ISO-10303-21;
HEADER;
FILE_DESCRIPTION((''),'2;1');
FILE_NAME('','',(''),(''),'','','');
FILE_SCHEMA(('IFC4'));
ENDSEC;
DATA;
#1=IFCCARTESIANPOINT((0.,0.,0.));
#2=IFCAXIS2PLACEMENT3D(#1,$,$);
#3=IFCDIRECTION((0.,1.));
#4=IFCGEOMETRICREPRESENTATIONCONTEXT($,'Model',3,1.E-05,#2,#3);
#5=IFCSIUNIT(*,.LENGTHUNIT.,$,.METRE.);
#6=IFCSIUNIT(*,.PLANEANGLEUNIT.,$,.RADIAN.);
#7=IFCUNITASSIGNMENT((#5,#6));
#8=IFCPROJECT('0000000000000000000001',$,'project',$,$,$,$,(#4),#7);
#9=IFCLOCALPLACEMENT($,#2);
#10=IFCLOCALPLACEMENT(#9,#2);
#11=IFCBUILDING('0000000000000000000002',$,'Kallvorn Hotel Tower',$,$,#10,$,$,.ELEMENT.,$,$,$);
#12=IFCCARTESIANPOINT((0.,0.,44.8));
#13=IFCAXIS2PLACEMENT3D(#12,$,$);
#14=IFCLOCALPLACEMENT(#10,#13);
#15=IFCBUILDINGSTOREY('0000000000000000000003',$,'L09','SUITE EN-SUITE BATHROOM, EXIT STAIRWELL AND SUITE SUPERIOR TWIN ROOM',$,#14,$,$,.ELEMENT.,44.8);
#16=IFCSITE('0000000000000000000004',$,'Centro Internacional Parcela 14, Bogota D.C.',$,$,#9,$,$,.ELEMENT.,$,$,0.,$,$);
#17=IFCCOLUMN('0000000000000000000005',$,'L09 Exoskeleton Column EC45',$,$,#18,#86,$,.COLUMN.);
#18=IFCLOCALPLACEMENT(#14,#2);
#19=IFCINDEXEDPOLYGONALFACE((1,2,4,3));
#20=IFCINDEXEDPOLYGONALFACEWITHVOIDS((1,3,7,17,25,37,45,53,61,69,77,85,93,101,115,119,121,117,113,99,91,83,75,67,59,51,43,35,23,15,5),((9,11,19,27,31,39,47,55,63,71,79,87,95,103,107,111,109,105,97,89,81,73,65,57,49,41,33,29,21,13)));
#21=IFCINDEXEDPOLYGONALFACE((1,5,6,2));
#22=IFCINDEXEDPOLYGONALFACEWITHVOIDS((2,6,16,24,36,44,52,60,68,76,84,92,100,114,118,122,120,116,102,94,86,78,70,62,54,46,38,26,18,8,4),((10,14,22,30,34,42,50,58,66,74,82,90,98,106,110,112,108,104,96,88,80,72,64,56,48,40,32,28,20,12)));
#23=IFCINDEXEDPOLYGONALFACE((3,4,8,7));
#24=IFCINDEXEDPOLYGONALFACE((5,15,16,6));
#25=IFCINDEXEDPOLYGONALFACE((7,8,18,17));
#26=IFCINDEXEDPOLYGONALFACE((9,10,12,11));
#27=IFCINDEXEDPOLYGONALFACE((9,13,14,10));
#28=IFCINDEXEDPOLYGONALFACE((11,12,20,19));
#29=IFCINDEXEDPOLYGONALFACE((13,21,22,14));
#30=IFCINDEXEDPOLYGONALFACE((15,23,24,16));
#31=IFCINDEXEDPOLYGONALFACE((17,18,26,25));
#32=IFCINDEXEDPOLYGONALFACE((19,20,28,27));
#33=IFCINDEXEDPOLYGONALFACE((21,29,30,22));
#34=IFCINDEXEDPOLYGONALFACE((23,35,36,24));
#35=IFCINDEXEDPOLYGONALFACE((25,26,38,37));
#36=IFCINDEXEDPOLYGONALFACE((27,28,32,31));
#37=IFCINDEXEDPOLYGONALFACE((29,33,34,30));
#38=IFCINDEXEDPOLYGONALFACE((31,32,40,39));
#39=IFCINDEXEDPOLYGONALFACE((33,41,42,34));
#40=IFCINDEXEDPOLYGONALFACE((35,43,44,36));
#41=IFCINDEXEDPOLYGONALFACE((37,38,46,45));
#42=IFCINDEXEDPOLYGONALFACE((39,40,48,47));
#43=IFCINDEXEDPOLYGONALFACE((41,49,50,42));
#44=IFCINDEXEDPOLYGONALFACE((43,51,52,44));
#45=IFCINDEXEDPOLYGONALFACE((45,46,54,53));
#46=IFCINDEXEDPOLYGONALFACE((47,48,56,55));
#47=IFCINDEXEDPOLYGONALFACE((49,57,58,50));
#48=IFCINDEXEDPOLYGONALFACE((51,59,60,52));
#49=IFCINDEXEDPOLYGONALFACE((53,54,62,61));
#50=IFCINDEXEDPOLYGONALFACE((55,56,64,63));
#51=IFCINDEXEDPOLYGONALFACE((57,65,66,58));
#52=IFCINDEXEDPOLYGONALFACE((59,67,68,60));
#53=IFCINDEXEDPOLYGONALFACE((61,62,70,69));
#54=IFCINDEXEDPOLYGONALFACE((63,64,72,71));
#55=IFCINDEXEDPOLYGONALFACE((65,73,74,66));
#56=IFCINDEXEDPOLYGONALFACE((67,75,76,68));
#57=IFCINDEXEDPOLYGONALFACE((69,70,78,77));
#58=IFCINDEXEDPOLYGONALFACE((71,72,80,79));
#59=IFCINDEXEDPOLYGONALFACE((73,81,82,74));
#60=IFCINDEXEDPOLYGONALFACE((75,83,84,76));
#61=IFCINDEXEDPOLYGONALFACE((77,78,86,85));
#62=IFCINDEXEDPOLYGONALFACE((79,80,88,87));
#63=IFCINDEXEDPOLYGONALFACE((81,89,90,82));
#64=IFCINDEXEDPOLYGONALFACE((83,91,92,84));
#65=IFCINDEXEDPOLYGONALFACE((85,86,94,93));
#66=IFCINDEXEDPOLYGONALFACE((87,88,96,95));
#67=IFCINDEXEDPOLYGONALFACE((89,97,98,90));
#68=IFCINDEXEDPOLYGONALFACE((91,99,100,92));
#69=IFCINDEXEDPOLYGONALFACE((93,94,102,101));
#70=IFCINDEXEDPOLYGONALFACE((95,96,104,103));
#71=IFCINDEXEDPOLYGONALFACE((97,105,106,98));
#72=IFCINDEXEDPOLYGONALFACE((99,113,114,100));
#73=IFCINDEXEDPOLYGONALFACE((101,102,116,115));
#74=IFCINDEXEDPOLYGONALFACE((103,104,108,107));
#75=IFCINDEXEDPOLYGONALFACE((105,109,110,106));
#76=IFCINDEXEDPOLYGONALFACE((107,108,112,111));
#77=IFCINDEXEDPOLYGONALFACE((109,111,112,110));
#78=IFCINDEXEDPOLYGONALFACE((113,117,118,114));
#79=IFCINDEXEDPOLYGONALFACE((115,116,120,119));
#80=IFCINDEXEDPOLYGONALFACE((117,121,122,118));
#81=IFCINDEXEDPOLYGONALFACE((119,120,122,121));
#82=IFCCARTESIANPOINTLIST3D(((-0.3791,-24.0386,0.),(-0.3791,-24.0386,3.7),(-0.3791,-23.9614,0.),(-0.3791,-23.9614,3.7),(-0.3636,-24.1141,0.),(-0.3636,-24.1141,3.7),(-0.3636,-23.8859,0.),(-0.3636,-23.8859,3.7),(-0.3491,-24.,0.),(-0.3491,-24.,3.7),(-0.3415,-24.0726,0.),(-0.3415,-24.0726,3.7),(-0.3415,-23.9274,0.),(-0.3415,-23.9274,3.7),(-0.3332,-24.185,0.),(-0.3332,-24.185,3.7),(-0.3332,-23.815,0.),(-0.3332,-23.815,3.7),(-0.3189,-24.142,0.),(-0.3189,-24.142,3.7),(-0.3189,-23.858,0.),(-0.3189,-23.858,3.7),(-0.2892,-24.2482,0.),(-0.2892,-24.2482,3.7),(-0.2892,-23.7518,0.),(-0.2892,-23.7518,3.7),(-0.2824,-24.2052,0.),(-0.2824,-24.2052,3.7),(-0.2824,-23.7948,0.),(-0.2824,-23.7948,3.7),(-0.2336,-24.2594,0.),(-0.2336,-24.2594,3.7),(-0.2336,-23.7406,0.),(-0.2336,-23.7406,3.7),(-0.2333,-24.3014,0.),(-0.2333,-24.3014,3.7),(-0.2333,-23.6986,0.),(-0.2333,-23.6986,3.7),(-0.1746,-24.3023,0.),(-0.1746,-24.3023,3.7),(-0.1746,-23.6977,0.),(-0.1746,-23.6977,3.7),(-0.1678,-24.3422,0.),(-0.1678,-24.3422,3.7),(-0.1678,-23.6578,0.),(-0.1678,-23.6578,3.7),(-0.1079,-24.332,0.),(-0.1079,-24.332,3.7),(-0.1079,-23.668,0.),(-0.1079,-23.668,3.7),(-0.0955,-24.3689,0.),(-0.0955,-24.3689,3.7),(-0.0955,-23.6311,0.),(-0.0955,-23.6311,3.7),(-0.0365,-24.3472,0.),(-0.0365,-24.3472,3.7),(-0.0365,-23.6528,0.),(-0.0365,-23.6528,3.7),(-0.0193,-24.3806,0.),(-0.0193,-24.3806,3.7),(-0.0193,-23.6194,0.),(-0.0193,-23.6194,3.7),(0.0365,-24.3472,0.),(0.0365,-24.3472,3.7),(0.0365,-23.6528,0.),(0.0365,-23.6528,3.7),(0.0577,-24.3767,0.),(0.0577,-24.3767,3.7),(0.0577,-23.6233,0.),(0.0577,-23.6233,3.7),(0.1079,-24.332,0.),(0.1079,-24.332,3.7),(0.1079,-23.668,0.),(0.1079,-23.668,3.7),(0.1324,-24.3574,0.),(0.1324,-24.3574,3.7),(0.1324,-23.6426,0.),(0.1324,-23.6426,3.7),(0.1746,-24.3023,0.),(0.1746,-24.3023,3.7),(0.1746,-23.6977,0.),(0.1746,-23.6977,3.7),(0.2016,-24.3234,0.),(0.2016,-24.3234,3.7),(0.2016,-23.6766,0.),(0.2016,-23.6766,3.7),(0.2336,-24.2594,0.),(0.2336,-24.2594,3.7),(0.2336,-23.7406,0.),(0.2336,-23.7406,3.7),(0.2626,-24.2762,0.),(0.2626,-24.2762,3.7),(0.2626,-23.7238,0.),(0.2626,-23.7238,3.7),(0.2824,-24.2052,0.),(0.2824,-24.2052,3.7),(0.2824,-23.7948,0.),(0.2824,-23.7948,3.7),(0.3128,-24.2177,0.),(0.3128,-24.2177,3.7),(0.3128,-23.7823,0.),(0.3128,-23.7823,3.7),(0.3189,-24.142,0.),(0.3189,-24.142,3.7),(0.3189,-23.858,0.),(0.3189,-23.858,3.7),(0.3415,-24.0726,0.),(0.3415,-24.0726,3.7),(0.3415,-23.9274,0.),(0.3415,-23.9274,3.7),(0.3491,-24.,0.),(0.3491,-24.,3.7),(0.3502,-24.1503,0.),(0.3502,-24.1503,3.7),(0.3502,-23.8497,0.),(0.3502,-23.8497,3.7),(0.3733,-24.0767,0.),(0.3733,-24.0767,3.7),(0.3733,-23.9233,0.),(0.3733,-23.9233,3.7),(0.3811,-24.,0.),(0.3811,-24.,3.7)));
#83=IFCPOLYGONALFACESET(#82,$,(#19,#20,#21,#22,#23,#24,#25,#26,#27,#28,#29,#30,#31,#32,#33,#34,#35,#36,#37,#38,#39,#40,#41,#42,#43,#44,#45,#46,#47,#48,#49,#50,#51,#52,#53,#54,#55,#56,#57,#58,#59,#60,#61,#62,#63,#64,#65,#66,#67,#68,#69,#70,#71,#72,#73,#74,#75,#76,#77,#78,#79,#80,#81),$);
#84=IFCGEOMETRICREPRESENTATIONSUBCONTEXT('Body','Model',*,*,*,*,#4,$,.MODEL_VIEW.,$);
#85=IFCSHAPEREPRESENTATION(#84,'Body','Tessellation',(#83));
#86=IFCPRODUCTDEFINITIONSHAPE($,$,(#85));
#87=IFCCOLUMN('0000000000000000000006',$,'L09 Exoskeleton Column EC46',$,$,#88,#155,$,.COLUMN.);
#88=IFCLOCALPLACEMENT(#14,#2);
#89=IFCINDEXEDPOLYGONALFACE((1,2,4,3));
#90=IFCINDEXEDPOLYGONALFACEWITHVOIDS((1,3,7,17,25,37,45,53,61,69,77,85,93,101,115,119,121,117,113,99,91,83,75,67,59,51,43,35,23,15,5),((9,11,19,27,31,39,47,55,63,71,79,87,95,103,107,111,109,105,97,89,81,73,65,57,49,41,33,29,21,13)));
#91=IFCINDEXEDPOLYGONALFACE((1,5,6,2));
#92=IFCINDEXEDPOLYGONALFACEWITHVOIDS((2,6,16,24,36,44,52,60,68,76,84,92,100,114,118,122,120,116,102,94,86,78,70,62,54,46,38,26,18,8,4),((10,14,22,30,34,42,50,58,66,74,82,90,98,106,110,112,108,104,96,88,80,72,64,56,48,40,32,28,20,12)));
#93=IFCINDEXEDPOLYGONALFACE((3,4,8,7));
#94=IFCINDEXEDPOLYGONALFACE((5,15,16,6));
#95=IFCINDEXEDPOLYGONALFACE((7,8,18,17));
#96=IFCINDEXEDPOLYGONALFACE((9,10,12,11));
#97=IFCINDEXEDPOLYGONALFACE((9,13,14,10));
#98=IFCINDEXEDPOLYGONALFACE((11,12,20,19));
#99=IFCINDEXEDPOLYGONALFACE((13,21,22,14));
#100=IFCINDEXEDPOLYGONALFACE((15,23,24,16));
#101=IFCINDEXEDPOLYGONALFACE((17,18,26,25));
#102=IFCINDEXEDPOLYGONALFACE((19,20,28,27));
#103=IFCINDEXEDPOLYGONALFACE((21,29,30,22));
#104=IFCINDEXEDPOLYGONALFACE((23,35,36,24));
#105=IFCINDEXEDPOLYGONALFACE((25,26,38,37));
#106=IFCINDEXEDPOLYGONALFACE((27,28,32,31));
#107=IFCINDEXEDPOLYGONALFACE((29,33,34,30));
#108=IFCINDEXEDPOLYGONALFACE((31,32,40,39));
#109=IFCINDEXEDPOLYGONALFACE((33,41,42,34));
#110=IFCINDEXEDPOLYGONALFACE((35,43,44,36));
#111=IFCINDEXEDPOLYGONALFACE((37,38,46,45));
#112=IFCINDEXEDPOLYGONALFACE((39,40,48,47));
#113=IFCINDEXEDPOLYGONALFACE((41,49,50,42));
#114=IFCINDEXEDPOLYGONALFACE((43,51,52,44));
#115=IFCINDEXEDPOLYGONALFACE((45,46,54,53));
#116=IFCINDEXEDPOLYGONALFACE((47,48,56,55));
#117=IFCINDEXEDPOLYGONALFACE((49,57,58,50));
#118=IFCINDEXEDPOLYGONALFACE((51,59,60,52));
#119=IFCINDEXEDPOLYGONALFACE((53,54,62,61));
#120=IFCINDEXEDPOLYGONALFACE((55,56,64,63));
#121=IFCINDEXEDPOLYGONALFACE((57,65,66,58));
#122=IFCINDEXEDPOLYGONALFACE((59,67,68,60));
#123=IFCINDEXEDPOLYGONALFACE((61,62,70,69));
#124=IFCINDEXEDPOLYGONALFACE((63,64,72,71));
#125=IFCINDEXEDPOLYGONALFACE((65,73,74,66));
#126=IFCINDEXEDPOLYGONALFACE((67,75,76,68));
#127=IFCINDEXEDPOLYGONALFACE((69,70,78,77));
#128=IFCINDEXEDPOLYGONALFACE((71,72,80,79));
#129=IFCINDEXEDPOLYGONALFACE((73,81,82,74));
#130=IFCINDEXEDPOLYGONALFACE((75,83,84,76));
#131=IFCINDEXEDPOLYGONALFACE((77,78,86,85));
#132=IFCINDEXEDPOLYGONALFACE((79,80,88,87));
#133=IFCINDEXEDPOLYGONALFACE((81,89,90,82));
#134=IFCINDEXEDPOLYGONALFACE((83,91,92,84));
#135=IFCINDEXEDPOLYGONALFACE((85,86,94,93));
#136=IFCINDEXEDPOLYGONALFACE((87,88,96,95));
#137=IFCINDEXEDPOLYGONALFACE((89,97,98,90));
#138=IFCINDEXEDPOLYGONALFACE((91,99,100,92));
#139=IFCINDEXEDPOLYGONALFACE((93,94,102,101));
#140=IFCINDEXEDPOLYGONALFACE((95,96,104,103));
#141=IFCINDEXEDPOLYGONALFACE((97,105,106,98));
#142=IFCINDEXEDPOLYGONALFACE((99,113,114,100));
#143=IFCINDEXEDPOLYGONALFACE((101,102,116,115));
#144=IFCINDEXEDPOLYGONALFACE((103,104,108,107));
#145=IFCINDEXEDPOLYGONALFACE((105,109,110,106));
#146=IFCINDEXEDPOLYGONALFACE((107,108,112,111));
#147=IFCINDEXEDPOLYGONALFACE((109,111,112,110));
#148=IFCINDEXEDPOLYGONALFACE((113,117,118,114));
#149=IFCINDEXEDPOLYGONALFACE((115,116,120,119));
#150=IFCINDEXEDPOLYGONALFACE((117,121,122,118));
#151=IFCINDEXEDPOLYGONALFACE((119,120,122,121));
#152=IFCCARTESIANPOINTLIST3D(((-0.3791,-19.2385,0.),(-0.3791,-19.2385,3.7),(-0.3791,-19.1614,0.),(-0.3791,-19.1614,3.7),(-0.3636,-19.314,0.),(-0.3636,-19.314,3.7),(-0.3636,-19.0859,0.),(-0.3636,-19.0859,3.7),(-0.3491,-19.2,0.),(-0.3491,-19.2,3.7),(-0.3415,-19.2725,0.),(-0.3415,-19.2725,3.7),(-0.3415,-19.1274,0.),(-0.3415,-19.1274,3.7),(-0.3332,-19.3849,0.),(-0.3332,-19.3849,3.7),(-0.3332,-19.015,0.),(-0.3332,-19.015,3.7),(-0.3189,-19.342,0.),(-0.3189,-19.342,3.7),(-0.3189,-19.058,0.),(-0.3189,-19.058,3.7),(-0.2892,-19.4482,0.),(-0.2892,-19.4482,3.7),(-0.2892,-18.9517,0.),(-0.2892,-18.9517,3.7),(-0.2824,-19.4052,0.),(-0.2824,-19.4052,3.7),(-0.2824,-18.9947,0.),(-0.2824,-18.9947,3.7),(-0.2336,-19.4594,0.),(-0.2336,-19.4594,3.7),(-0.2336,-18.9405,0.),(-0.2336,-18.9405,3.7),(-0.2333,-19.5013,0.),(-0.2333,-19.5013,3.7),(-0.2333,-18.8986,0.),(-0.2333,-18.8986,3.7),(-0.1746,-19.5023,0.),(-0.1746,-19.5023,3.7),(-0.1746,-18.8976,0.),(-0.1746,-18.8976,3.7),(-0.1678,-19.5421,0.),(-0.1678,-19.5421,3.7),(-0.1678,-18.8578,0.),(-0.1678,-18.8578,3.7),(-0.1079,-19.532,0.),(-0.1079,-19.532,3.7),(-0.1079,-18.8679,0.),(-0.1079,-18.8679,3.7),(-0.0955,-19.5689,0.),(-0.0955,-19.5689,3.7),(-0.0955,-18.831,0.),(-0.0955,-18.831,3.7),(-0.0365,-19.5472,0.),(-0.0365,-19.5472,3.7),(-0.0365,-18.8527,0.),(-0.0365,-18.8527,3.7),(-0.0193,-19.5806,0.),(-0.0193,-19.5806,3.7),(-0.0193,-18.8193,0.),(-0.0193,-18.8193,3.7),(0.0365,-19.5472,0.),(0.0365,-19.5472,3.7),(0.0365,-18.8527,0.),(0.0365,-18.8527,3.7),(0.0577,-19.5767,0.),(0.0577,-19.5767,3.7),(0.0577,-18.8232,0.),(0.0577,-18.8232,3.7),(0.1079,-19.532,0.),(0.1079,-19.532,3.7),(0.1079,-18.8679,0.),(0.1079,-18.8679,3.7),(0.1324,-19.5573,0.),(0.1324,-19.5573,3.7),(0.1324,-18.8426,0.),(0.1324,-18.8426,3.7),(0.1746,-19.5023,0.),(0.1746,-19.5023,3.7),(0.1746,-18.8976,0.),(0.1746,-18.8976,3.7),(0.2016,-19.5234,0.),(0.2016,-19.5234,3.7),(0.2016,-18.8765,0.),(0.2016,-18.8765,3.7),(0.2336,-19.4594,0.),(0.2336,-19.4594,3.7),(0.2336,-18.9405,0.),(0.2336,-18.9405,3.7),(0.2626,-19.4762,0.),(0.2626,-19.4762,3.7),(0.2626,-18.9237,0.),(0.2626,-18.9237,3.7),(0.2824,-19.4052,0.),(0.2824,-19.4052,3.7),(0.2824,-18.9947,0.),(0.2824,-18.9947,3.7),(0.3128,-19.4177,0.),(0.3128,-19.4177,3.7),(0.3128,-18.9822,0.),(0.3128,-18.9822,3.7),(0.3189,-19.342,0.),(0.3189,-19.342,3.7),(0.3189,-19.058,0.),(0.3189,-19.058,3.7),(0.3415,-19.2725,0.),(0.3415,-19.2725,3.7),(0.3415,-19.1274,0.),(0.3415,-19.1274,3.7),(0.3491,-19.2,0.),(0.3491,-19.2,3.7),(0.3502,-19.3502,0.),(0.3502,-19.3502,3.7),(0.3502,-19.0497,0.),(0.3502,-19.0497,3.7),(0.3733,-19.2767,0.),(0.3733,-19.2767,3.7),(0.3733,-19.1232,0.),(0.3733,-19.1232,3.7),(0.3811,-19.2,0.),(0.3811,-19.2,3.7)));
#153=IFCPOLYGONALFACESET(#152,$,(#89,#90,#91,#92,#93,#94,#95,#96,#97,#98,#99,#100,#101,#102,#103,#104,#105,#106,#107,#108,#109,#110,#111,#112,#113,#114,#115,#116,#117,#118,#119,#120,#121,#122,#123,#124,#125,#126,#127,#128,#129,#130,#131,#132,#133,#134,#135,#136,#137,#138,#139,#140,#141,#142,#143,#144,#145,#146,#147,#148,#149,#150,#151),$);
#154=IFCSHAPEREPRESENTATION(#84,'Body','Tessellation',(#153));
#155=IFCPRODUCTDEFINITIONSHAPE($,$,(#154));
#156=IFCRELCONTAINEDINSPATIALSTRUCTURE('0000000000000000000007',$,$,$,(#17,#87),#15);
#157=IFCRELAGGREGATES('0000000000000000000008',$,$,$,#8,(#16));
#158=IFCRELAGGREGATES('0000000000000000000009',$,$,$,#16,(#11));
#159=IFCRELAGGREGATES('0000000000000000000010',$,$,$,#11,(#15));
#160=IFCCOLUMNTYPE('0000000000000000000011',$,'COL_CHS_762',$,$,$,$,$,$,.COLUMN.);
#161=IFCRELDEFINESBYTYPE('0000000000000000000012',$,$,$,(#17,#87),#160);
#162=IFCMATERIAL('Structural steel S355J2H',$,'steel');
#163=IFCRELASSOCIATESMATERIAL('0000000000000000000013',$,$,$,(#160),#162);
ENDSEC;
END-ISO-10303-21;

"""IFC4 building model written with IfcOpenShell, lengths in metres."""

from ifc_helpers import new_model, si_unit, direction, frame, origin, origin_2d, place, context, subcontext, project, spatial, hollow_circle, extrude, material, material_profile, profile_set, type_object, element, save


model = new_model("IFC4")

# Units and contexts
model_context = context("Model", 3, precision=1e-05, world=origin(), true_north=direction((0.0, 1.0)))
body_context = subcontext(model_context, "Body", "Model", "MODEL_VIEW")
ifc_project = project(units=[si_unit("LENGTHUNIT", "METRE"), si_unit("PLANEANGLEUNIT", "RADIAN")], contexts=[model_context])

# Site, building, storey
site_placement = place(None, origin())
site = spatial("IfcSite", under=ifc_project, at=site_placement, Name="Centro Internacional Parcela 14, Bogota D.C.", CompositionType="ELEMENT", RefElevation=0.0)
building_placement = place(site_placement, origin())
building = spatial("IfcBuilding", under=site, at=building_placement, Name="Kallvorn Hotel Tower", CompositionType="ELEMENT")
storey_placement = place(building_placement, frame((0.0, 0.0, 44.8)))
storey = spatial("IfcBuildingStorey", under=building, at=storey_placement, Name="L09", Description="SUITE EN-SUITE BATHROOM, EXIT STAIRWELL AND SUITE SUPERIOR TWIN ROOM", CompositionType="ELEMENT", Elevation=44.8)

# Columns
ifc_material_1 = material(Name="Structural steel S355J2H", Category="steel")
ifc_material_profile_1 = material_profile(ifc_material_1, hollow_circle(Radius=0.3811, WallThickness=0.032, at=origin_2d()), Name="CHS 762x32")
ifc_profile_set_1 = profile_set([ifc_material_profile_1], Name="Structural steel S355J2H")
column_type = type_object("IfcColumnType", Name="COL_CHS_762", PredefinedType="COLUMN", material=ifc_profile_set_1)
for number, where, z_axis, x_axis, name in (
    (1, (0.0, -24.0, 0.0), (0.0, 0.0, 1.0), (1.0, 0.0, 0.0), "L09 Exoskeleton Column EC45"),
    (2, (0.0, -19.2, 0.0), (0.0, 0.0, 1.0), (1.0, 0.0, 0.0), "L09 Exoskeleton Column EC46"),
):
    element("IfcColumn", number, at=place(storey_placement, frame(where, z_axis=z_axis, x_axis=x_axis)), inside=storey, type_object=column_type, Name=name, PredefinedType="COLUMN", context=body_context, shape_type="SweptSolid", body=[
        extrude(hollow_circle(Radius=0.3811, WallThickness=0.032, at=origin_2d()), origin(), (0.0, 0.0, 1.0), 3.7),
    ])

save(model, "model.ifc")
